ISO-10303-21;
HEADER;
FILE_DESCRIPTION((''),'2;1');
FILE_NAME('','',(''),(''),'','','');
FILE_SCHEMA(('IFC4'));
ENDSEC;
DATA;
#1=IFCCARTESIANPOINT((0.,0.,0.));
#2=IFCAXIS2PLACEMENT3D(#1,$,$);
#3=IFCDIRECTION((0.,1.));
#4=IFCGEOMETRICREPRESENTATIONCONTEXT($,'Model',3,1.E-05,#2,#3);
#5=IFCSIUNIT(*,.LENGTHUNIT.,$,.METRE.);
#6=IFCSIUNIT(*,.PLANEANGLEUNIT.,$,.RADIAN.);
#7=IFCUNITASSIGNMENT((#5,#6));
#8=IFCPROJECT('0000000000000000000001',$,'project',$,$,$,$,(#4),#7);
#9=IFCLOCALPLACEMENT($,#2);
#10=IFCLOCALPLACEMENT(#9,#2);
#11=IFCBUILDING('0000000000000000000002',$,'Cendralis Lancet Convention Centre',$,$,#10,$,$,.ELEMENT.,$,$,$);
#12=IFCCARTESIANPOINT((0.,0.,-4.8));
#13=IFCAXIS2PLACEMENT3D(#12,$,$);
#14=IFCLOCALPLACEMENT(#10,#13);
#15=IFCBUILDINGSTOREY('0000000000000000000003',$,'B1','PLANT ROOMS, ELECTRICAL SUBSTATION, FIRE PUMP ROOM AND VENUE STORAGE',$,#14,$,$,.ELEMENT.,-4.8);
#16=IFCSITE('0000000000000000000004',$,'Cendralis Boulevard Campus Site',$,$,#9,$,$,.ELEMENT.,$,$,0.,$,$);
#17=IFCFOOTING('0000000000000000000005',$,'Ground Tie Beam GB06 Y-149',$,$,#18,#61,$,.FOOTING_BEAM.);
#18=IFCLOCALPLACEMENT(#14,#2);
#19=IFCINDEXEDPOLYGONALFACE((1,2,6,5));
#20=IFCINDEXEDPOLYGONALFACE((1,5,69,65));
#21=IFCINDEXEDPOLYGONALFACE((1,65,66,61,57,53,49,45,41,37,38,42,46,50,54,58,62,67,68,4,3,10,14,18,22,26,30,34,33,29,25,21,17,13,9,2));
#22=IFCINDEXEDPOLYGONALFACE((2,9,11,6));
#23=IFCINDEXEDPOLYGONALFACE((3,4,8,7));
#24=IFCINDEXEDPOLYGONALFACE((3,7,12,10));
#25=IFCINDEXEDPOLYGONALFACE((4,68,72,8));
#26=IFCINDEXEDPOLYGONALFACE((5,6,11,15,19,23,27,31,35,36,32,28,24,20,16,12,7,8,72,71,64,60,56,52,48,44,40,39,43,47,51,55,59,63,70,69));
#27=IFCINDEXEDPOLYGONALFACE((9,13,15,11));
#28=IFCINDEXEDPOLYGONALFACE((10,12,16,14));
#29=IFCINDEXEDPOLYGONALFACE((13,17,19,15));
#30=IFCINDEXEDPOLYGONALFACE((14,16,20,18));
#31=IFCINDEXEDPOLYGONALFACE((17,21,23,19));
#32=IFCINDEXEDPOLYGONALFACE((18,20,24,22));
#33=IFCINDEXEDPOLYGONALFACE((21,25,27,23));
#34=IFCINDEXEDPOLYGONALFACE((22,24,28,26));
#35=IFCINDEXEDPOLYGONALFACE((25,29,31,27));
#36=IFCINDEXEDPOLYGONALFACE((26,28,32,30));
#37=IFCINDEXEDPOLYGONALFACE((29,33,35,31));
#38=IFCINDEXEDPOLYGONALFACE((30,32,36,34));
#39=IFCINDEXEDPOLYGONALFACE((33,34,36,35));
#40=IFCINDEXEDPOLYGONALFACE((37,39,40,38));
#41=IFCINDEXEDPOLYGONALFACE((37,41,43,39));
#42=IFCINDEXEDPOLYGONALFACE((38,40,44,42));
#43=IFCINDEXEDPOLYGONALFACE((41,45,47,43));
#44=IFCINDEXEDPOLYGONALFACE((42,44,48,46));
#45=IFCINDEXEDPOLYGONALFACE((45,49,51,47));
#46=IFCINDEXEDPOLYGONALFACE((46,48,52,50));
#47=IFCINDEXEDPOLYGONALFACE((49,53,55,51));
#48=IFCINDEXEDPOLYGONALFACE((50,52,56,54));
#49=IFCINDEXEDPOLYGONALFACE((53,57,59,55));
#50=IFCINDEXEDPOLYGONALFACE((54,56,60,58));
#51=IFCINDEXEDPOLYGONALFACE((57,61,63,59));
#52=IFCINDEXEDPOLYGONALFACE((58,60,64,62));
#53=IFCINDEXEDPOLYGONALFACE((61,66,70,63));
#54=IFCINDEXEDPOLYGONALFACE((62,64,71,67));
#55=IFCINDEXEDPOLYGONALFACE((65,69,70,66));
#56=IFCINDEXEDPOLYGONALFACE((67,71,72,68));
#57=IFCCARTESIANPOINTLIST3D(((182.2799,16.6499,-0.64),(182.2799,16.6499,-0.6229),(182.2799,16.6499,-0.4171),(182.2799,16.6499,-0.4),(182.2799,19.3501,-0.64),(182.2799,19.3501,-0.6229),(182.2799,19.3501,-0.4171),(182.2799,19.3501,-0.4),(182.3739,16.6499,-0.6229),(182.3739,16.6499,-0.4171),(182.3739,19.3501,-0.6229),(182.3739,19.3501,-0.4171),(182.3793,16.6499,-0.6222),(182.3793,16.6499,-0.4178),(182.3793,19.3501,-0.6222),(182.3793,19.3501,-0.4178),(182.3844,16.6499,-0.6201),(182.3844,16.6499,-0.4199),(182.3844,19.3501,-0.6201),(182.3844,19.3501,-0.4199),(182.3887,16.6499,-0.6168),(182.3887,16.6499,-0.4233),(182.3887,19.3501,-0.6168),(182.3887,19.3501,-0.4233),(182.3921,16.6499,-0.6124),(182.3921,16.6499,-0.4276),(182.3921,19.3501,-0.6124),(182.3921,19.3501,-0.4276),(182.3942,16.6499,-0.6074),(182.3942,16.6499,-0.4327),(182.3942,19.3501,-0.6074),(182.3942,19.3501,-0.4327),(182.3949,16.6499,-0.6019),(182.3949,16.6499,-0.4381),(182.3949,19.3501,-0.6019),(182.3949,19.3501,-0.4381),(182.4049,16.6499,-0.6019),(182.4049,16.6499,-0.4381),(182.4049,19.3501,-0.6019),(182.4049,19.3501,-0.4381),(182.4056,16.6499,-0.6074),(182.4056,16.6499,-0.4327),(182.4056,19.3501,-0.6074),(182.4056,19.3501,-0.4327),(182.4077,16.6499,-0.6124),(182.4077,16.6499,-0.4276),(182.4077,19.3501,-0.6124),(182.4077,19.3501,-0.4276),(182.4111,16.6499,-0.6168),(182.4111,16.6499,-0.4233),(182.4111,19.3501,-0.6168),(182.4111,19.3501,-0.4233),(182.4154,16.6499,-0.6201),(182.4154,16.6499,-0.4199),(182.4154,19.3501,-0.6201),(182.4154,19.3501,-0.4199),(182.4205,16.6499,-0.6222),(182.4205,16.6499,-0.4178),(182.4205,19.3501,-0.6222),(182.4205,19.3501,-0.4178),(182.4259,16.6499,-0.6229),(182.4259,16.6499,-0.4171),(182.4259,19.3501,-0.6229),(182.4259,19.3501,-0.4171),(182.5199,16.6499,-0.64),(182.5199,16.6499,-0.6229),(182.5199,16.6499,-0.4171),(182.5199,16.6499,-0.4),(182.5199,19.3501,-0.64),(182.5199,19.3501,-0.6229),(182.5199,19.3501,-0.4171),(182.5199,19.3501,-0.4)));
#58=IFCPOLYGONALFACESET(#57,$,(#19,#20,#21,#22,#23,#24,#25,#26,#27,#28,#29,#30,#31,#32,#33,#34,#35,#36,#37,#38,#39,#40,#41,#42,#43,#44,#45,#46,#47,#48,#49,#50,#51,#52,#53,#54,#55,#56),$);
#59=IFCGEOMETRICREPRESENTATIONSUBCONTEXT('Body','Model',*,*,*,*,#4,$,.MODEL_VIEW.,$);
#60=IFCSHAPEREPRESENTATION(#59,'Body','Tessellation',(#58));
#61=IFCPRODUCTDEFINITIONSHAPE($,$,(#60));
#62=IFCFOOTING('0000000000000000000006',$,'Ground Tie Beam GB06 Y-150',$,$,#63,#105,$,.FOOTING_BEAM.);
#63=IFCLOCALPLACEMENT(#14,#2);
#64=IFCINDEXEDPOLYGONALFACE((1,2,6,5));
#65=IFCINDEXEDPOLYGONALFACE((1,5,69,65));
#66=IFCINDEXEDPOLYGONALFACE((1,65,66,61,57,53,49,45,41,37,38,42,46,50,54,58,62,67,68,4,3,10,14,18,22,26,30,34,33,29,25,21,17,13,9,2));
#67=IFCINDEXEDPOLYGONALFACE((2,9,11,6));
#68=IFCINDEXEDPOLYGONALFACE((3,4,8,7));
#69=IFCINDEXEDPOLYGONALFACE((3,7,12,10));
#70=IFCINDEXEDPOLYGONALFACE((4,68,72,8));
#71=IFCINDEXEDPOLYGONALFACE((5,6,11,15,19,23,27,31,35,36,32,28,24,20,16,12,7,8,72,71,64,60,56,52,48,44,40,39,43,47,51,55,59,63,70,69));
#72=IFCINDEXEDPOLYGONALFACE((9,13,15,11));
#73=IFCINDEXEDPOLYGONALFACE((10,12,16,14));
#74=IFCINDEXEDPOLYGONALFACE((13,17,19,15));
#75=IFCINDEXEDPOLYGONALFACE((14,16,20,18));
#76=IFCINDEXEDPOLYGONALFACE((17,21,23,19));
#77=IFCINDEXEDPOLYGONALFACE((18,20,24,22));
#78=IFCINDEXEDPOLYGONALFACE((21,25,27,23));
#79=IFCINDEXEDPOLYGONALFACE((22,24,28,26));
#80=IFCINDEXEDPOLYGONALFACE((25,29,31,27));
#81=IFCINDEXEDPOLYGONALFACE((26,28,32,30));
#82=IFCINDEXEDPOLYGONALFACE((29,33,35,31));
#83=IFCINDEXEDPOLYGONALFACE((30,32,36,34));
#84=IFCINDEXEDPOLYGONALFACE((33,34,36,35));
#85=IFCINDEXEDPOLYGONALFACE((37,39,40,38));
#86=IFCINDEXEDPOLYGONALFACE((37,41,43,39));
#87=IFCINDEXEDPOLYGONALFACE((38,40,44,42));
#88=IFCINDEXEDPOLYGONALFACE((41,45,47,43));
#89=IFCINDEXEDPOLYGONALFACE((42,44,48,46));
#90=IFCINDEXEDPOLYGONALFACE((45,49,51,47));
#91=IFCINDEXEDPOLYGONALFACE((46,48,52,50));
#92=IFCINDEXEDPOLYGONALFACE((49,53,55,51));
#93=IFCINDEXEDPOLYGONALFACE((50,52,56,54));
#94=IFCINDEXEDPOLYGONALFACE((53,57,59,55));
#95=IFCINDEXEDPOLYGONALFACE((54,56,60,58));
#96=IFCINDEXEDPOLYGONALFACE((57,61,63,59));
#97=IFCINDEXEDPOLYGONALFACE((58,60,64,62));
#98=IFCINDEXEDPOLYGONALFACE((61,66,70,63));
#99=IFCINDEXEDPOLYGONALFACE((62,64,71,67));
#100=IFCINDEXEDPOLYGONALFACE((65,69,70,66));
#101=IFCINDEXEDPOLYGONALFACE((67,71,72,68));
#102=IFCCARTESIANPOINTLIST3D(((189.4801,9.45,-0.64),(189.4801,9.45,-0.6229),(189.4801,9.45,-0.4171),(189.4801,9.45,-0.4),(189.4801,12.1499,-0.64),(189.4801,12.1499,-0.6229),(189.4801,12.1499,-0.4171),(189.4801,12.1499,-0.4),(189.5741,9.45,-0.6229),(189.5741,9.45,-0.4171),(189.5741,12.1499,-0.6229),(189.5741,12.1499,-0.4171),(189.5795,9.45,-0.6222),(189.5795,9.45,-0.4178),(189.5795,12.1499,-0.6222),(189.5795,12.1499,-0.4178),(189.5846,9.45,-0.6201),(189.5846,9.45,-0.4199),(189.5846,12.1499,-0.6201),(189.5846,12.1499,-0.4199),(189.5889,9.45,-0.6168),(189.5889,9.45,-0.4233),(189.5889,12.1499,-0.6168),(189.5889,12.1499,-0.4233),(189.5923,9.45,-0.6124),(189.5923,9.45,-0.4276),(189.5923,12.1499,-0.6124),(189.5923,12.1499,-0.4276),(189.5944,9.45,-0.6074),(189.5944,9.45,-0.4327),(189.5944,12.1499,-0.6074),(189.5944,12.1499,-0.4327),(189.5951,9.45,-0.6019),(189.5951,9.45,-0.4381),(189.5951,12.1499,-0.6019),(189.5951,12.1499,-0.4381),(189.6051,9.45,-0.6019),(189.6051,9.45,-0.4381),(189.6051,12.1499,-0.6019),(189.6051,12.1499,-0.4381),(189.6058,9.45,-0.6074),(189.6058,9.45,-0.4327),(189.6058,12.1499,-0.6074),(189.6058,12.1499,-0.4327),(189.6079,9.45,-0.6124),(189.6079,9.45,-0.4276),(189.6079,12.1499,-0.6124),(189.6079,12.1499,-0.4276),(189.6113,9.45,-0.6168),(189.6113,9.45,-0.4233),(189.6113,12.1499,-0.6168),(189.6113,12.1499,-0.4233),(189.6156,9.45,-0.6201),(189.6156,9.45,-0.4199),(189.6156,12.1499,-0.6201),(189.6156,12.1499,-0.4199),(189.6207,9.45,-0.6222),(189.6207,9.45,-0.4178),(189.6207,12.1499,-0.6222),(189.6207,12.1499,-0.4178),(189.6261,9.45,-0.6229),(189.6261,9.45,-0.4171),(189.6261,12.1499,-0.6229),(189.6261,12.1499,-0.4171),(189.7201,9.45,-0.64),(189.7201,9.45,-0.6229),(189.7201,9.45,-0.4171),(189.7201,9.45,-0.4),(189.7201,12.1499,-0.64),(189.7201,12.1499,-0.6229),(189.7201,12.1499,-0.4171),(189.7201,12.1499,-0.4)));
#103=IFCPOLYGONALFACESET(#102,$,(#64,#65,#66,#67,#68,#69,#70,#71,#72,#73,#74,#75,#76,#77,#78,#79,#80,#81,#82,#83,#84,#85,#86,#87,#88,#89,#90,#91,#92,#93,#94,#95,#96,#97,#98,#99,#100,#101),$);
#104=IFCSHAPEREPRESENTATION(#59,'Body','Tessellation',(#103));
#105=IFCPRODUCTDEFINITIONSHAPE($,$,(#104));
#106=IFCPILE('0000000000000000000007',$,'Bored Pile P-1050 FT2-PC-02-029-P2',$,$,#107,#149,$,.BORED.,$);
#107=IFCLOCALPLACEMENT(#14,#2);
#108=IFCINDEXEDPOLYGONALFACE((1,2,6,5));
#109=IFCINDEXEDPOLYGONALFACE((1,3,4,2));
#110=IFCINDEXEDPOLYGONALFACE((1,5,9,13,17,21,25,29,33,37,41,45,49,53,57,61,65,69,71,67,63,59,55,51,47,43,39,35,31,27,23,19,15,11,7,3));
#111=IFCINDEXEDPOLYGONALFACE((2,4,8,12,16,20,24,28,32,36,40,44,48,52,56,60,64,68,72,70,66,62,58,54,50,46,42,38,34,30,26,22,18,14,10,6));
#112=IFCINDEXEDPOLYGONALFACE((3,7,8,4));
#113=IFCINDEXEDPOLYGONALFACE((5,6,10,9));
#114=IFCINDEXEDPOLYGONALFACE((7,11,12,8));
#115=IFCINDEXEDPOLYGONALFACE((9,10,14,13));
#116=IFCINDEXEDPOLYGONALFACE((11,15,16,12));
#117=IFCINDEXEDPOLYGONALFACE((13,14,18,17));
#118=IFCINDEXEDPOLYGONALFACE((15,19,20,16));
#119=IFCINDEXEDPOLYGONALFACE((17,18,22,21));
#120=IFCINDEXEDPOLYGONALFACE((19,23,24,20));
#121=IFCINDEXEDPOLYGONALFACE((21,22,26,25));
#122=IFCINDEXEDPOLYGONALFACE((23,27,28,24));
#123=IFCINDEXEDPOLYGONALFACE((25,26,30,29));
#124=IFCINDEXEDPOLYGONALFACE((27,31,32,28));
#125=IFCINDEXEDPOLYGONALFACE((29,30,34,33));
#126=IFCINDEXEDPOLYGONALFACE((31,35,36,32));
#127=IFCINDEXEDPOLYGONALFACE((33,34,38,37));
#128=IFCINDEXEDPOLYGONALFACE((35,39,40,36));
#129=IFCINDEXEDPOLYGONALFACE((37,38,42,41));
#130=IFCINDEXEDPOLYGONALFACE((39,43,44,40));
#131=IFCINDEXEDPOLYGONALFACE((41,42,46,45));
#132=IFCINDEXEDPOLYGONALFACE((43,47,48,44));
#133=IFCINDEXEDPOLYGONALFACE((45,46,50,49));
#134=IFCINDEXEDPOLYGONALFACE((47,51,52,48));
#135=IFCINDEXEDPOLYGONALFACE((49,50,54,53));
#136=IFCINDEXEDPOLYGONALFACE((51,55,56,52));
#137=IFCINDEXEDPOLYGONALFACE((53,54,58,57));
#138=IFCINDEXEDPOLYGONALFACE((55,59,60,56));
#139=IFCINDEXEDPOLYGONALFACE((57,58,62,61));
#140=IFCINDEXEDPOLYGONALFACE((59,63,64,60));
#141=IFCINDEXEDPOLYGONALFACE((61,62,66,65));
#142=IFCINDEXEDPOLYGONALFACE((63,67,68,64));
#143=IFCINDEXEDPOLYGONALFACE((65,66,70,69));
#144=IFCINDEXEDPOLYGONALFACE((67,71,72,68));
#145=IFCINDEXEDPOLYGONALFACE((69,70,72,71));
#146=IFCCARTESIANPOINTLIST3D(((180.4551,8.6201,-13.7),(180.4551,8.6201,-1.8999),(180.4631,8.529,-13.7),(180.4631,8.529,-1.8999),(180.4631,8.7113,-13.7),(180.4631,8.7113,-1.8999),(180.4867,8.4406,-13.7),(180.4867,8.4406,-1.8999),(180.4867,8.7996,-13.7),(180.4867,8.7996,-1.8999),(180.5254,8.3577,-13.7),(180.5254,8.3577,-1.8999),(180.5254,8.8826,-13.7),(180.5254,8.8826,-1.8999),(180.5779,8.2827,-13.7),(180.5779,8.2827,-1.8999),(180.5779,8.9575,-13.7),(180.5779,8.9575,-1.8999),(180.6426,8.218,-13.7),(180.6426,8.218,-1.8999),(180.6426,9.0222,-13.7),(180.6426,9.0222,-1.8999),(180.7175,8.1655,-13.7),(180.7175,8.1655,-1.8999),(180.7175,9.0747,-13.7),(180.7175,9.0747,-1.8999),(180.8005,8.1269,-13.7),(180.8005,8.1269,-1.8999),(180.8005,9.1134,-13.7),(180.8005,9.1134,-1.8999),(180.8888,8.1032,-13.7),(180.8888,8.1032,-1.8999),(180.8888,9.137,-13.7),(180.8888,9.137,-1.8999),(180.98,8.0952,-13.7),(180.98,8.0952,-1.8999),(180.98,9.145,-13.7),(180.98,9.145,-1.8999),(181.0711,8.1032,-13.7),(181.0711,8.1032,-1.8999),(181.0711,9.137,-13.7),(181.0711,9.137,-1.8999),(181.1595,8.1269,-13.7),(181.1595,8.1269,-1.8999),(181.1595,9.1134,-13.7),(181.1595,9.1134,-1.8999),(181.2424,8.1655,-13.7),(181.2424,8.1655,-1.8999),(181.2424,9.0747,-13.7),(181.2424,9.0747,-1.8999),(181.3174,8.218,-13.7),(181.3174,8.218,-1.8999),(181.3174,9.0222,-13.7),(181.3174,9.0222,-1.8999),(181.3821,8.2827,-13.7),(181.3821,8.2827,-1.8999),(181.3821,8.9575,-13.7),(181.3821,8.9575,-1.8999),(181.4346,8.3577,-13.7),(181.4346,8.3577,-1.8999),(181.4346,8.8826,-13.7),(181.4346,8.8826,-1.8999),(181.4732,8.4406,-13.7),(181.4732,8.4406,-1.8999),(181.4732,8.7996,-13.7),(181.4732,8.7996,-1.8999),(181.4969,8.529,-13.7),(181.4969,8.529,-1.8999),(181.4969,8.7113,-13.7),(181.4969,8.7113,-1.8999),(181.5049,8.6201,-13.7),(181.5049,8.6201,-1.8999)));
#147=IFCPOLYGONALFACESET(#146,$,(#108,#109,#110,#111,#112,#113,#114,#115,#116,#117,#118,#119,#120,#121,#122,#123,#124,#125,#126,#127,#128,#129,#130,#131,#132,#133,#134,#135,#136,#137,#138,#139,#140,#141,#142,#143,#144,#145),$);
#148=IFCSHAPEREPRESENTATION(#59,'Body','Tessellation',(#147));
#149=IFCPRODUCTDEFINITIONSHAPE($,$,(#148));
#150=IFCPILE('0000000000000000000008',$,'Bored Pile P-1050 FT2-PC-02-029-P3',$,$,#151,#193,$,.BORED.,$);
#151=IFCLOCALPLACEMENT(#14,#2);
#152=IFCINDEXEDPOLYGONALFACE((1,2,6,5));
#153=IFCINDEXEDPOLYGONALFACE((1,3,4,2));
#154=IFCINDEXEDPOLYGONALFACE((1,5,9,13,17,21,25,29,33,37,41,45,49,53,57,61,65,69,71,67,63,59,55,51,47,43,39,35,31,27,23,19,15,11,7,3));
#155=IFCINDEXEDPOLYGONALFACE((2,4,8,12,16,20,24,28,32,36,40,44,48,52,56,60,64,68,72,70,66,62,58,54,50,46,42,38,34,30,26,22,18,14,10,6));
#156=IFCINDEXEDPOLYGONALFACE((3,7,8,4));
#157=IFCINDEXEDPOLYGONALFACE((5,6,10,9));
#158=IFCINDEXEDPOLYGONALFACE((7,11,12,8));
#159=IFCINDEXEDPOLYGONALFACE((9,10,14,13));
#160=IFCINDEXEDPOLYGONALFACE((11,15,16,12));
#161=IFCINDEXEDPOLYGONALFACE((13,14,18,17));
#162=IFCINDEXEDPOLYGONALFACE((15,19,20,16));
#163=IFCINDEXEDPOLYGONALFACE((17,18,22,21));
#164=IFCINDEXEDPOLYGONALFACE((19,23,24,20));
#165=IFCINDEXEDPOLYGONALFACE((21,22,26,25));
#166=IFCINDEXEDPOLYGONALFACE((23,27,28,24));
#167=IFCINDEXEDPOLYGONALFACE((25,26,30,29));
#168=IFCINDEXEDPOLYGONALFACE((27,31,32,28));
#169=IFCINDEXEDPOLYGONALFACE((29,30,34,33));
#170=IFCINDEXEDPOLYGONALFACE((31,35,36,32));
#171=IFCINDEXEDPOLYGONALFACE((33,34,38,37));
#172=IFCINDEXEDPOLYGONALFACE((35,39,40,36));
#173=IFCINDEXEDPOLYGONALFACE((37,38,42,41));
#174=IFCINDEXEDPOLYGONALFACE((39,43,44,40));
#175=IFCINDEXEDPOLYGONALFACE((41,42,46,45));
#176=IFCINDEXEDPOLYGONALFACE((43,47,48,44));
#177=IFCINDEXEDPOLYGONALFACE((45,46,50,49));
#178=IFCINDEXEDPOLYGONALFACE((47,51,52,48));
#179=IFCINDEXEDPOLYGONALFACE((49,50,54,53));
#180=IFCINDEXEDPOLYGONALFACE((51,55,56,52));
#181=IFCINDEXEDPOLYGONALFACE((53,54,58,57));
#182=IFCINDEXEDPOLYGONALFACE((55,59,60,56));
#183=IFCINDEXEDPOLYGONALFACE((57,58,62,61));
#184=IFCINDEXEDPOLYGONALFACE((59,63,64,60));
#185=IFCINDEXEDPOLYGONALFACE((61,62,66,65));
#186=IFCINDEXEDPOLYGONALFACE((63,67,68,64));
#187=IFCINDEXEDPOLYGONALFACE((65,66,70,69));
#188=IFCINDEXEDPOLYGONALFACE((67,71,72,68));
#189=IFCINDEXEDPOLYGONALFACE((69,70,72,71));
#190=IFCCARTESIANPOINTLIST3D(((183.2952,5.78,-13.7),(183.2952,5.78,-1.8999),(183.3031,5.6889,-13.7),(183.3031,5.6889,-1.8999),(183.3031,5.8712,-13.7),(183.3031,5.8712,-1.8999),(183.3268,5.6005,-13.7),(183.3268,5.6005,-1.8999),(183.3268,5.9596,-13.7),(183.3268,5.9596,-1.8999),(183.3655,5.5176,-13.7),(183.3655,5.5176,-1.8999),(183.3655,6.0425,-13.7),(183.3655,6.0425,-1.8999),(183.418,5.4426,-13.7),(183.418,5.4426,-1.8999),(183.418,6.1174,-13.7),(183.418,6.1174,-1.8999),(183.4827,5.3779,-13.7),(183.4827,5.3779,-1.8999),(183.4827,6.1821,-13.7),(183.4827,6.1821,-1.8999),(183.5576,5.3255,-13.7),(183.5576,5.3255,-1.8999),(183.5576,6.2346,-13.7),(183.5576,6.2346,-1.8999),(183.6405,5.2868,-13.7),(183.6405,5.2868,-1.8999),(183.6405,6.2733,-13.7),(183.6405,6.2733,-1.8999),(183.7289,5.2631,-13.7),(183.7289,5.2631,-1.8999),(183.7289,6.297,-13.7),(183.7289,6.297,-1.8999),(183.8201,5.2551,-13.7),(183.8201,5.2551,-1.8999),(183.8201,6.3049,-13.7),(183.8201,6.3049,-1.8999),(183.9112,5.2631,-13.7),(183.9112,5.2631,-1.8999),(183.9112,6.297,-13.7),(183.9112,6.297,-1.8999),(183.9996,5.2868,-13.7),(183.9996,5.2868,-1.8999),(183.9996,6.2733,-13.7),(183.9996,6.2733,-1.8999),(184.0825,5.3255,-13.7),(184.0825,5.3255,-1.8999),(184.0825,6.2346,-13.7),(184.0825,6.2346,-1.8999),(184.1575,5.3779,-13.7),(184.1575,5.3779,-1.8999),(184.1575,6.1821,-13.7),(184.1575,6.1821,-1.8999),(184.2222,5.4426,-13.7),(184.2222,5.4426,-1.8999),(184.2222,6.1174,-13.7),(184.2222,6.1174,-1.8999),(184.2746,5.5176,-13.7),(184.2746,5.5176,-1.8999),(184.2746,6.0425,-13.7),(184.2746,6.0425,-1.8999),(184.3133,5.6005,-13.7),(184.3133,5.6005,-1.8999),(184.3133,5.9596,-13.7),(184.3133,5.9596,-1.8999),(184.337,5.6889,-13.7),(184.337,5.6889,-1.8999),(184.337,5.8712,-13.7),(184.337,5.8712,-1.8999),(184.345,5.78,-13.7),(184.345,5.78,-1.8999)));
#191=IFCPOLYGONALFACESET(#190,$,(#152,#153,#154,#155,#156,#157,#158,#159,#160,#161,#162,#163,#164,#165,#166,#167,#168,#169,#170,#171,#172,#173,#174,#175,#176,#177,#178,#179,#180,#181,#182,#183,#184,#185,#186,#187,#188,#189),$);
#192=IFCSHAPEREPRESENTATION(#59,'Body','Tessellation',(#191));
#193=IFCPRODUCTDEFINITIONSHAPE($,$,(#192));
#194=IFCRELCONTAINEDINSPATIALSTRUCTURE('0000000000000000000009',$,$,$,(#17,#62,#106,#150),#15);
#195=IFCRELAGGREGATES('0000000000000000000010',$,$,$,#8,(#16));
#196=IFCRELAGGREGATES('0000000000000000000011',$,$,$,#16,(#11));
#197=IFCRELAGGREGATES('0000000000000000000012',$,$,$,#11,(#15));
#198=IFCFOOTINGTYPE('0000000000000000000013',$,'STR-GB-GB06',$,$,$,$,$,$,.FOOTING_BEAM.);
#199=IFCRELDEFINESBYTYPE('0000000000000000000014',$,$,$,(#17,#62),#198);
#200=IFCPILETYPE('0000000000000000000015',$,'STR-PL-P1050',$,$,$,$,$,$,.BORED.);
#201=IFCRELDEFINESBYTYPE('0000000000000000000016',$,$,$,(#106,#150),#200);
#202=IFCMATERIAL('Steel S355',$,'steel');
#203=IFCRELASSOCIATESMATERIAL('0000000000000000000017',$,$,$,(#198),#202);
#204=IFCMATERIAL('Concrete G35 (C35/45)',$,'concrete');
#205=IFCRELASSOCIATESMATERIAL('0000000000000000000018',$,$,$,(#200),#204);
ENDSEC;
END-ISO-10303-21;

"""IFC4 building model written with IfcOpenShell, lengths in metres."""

from ifc_helpers import new_model, si_unit, direction, frame, origin, origin_2d, place, context, subcontext, project, spatial, circle, i_section, extrude, material, material_profile, profile_set, type_object, element, save


model = new_model("IFC4")

# Units and contexts
model_context = context("Model", 3, precision=1e-05, world=origin(), true_north=direction((0.0, 1.0)))
body_context = subcontext(model_context, "Body", "Model", "MODEL_VIEW")
ifc_project = project(units=[si_unit("LENGTHUNIT", "METRE"), si_unit("PLANEANGLEUNIT", "RADIAN")], contexts=[model_context])

# Site, building, storey
site_placement = place(None, origin())
site = spatial("IfcSite", under=ifc_project, at=site_placement, Name="Cendralis Boulevard Campus Site", CompositionType="ELEMENT", RefElevation=0.0)
building_placement = place(site_placement, origin())
building = spatial("IfcBuilding", under=site, at=building_placement, Name="Cendralis Lancet Convention Centre", CompositionType="ELEMENT")
storey_placement = place(building_placement, frame((0.0, 0.0, -4.8)))
storey = spatial("IfcBuildingStorey", under=building, at=storey_placement, Name="B1", Description="PLANT ROOMS, ELECTRICAL SUBSTATION, FIRE PUMP ROOM AND VENUE STORAGE", CompositionType="ELEMENT", Elevation=-4.8)

# Footings
ifc_material_1 = material(Name="Concrete G35 (C35/45)", Category="concrete")
ifc_material_2 = material(Name="Steel S355", Category="steel")
ifc_material_profile_1 = material_profile(ifc_material_2, i_section(OverallWidth=0.24, OverallDepth=0.24, WebThickness=0.01, FlangeThickness=0.0171, FilletRadius=0.021, at=origin_2d()), Name="HEB 240")
ifc_profile_set_1 = profile_set([ifc_material_profile_1], Name="Steel S355")
footing_type_1 = type_object("IfcFootingType", Name="STR-GB-GB06", PredefinedType="FOOTING_BEAM", material=ifc_profile_set_1)
footing_1_placement = place(storey_placement, frame((182.3999, 16.6499, -0.52), z_axis=(0.0, 1.0, 0.0), x_axis=(-1.0, 0.0, 0.0)))
element("IfcFooting", 1, at=footing_1_placement, inside=storey, type_object=footing_type_1, Name="Ground Tie Beam GB06 Y-149", PredefinedType="FOOTING_BEAM", context=body_context, shape_type="SweptSolid", body=[
    extrude(i_section(OverallWidth=0.24, OverallDepth=0.24, WebThickness=0.01, FlangeThickness=0.0171, FilletRadius=0.021, at=origin_2d()), origin(), (0.0, 0.0, 1.0), 2.7002),
])
footing_2_placement = place(storey_placement, frame((189.6001, 9.45, -0.52), z_axis=(0.0, 1.0, 0.0), x_axis=(-1.0, 0.0, 0.0)))
element("IfcFooting", 2, at=footing_2_placement, inside=storey, type_object=footing_type_1, Name="Ground Tie Beam GB06 Y-150", PredefinedType="FOOTING_BEAM", context=body_context, shape_type="SweptSolid", body=[
    extrude(i_section(OverallWidth=0.24, OverallDepth=0.24, WebThickness=0.01, FlangeThickness=0.0171, FilletRadius=0.021, at=origin_2d()), origin(), (0.0, 0.0, 1.0), 2.7),
])

# Piles
ifc_material_profile_2 = material_profile(ifc_material_1, circle(Radius=0.5249, at=origin_2d()), Name="BORED PILE D1050")
ifc_profile_set_2 = profile_set([ifc_material_profile_2], Name="Concrete G35 (C35/45)")
pile_type = type_object("IfcPileType", Name="STR-PL-P1050", PredefinedType="BORED", material=ifc_profile_set_2)
for number, where, z_axis, x_axis, name in (
    (3, (180.98, 8.6201, -1.8999), (0.0, 0.0, -1.0), (1.0, 0.0, 0.0), "Bored Pile P-1050 FT2-PC-02-029-P2"),
    (4, (183.8201, 5.78, -1.8999), (0.0, 0.0, -1.0), (1.0, 0.0, 0.0), "Bored Pile P-1050 FT2-PC-02-029-P3"),
):
    element("IfcPile", number, at=place(storey_placement, frame(where, z_axis=z_axis, x_axis=x_axis)), inside=storey, type_object=pile_type, Name=name, PredefinedType="BORED", context=body_context, shape_type="SweptSolid", body=[
        extrude(circle(Radius=0.5249, at=origin_2d()), origin(), (0.0, 0.0, 1.0), 11.8),
    ])

save(model, "model.ifc")
